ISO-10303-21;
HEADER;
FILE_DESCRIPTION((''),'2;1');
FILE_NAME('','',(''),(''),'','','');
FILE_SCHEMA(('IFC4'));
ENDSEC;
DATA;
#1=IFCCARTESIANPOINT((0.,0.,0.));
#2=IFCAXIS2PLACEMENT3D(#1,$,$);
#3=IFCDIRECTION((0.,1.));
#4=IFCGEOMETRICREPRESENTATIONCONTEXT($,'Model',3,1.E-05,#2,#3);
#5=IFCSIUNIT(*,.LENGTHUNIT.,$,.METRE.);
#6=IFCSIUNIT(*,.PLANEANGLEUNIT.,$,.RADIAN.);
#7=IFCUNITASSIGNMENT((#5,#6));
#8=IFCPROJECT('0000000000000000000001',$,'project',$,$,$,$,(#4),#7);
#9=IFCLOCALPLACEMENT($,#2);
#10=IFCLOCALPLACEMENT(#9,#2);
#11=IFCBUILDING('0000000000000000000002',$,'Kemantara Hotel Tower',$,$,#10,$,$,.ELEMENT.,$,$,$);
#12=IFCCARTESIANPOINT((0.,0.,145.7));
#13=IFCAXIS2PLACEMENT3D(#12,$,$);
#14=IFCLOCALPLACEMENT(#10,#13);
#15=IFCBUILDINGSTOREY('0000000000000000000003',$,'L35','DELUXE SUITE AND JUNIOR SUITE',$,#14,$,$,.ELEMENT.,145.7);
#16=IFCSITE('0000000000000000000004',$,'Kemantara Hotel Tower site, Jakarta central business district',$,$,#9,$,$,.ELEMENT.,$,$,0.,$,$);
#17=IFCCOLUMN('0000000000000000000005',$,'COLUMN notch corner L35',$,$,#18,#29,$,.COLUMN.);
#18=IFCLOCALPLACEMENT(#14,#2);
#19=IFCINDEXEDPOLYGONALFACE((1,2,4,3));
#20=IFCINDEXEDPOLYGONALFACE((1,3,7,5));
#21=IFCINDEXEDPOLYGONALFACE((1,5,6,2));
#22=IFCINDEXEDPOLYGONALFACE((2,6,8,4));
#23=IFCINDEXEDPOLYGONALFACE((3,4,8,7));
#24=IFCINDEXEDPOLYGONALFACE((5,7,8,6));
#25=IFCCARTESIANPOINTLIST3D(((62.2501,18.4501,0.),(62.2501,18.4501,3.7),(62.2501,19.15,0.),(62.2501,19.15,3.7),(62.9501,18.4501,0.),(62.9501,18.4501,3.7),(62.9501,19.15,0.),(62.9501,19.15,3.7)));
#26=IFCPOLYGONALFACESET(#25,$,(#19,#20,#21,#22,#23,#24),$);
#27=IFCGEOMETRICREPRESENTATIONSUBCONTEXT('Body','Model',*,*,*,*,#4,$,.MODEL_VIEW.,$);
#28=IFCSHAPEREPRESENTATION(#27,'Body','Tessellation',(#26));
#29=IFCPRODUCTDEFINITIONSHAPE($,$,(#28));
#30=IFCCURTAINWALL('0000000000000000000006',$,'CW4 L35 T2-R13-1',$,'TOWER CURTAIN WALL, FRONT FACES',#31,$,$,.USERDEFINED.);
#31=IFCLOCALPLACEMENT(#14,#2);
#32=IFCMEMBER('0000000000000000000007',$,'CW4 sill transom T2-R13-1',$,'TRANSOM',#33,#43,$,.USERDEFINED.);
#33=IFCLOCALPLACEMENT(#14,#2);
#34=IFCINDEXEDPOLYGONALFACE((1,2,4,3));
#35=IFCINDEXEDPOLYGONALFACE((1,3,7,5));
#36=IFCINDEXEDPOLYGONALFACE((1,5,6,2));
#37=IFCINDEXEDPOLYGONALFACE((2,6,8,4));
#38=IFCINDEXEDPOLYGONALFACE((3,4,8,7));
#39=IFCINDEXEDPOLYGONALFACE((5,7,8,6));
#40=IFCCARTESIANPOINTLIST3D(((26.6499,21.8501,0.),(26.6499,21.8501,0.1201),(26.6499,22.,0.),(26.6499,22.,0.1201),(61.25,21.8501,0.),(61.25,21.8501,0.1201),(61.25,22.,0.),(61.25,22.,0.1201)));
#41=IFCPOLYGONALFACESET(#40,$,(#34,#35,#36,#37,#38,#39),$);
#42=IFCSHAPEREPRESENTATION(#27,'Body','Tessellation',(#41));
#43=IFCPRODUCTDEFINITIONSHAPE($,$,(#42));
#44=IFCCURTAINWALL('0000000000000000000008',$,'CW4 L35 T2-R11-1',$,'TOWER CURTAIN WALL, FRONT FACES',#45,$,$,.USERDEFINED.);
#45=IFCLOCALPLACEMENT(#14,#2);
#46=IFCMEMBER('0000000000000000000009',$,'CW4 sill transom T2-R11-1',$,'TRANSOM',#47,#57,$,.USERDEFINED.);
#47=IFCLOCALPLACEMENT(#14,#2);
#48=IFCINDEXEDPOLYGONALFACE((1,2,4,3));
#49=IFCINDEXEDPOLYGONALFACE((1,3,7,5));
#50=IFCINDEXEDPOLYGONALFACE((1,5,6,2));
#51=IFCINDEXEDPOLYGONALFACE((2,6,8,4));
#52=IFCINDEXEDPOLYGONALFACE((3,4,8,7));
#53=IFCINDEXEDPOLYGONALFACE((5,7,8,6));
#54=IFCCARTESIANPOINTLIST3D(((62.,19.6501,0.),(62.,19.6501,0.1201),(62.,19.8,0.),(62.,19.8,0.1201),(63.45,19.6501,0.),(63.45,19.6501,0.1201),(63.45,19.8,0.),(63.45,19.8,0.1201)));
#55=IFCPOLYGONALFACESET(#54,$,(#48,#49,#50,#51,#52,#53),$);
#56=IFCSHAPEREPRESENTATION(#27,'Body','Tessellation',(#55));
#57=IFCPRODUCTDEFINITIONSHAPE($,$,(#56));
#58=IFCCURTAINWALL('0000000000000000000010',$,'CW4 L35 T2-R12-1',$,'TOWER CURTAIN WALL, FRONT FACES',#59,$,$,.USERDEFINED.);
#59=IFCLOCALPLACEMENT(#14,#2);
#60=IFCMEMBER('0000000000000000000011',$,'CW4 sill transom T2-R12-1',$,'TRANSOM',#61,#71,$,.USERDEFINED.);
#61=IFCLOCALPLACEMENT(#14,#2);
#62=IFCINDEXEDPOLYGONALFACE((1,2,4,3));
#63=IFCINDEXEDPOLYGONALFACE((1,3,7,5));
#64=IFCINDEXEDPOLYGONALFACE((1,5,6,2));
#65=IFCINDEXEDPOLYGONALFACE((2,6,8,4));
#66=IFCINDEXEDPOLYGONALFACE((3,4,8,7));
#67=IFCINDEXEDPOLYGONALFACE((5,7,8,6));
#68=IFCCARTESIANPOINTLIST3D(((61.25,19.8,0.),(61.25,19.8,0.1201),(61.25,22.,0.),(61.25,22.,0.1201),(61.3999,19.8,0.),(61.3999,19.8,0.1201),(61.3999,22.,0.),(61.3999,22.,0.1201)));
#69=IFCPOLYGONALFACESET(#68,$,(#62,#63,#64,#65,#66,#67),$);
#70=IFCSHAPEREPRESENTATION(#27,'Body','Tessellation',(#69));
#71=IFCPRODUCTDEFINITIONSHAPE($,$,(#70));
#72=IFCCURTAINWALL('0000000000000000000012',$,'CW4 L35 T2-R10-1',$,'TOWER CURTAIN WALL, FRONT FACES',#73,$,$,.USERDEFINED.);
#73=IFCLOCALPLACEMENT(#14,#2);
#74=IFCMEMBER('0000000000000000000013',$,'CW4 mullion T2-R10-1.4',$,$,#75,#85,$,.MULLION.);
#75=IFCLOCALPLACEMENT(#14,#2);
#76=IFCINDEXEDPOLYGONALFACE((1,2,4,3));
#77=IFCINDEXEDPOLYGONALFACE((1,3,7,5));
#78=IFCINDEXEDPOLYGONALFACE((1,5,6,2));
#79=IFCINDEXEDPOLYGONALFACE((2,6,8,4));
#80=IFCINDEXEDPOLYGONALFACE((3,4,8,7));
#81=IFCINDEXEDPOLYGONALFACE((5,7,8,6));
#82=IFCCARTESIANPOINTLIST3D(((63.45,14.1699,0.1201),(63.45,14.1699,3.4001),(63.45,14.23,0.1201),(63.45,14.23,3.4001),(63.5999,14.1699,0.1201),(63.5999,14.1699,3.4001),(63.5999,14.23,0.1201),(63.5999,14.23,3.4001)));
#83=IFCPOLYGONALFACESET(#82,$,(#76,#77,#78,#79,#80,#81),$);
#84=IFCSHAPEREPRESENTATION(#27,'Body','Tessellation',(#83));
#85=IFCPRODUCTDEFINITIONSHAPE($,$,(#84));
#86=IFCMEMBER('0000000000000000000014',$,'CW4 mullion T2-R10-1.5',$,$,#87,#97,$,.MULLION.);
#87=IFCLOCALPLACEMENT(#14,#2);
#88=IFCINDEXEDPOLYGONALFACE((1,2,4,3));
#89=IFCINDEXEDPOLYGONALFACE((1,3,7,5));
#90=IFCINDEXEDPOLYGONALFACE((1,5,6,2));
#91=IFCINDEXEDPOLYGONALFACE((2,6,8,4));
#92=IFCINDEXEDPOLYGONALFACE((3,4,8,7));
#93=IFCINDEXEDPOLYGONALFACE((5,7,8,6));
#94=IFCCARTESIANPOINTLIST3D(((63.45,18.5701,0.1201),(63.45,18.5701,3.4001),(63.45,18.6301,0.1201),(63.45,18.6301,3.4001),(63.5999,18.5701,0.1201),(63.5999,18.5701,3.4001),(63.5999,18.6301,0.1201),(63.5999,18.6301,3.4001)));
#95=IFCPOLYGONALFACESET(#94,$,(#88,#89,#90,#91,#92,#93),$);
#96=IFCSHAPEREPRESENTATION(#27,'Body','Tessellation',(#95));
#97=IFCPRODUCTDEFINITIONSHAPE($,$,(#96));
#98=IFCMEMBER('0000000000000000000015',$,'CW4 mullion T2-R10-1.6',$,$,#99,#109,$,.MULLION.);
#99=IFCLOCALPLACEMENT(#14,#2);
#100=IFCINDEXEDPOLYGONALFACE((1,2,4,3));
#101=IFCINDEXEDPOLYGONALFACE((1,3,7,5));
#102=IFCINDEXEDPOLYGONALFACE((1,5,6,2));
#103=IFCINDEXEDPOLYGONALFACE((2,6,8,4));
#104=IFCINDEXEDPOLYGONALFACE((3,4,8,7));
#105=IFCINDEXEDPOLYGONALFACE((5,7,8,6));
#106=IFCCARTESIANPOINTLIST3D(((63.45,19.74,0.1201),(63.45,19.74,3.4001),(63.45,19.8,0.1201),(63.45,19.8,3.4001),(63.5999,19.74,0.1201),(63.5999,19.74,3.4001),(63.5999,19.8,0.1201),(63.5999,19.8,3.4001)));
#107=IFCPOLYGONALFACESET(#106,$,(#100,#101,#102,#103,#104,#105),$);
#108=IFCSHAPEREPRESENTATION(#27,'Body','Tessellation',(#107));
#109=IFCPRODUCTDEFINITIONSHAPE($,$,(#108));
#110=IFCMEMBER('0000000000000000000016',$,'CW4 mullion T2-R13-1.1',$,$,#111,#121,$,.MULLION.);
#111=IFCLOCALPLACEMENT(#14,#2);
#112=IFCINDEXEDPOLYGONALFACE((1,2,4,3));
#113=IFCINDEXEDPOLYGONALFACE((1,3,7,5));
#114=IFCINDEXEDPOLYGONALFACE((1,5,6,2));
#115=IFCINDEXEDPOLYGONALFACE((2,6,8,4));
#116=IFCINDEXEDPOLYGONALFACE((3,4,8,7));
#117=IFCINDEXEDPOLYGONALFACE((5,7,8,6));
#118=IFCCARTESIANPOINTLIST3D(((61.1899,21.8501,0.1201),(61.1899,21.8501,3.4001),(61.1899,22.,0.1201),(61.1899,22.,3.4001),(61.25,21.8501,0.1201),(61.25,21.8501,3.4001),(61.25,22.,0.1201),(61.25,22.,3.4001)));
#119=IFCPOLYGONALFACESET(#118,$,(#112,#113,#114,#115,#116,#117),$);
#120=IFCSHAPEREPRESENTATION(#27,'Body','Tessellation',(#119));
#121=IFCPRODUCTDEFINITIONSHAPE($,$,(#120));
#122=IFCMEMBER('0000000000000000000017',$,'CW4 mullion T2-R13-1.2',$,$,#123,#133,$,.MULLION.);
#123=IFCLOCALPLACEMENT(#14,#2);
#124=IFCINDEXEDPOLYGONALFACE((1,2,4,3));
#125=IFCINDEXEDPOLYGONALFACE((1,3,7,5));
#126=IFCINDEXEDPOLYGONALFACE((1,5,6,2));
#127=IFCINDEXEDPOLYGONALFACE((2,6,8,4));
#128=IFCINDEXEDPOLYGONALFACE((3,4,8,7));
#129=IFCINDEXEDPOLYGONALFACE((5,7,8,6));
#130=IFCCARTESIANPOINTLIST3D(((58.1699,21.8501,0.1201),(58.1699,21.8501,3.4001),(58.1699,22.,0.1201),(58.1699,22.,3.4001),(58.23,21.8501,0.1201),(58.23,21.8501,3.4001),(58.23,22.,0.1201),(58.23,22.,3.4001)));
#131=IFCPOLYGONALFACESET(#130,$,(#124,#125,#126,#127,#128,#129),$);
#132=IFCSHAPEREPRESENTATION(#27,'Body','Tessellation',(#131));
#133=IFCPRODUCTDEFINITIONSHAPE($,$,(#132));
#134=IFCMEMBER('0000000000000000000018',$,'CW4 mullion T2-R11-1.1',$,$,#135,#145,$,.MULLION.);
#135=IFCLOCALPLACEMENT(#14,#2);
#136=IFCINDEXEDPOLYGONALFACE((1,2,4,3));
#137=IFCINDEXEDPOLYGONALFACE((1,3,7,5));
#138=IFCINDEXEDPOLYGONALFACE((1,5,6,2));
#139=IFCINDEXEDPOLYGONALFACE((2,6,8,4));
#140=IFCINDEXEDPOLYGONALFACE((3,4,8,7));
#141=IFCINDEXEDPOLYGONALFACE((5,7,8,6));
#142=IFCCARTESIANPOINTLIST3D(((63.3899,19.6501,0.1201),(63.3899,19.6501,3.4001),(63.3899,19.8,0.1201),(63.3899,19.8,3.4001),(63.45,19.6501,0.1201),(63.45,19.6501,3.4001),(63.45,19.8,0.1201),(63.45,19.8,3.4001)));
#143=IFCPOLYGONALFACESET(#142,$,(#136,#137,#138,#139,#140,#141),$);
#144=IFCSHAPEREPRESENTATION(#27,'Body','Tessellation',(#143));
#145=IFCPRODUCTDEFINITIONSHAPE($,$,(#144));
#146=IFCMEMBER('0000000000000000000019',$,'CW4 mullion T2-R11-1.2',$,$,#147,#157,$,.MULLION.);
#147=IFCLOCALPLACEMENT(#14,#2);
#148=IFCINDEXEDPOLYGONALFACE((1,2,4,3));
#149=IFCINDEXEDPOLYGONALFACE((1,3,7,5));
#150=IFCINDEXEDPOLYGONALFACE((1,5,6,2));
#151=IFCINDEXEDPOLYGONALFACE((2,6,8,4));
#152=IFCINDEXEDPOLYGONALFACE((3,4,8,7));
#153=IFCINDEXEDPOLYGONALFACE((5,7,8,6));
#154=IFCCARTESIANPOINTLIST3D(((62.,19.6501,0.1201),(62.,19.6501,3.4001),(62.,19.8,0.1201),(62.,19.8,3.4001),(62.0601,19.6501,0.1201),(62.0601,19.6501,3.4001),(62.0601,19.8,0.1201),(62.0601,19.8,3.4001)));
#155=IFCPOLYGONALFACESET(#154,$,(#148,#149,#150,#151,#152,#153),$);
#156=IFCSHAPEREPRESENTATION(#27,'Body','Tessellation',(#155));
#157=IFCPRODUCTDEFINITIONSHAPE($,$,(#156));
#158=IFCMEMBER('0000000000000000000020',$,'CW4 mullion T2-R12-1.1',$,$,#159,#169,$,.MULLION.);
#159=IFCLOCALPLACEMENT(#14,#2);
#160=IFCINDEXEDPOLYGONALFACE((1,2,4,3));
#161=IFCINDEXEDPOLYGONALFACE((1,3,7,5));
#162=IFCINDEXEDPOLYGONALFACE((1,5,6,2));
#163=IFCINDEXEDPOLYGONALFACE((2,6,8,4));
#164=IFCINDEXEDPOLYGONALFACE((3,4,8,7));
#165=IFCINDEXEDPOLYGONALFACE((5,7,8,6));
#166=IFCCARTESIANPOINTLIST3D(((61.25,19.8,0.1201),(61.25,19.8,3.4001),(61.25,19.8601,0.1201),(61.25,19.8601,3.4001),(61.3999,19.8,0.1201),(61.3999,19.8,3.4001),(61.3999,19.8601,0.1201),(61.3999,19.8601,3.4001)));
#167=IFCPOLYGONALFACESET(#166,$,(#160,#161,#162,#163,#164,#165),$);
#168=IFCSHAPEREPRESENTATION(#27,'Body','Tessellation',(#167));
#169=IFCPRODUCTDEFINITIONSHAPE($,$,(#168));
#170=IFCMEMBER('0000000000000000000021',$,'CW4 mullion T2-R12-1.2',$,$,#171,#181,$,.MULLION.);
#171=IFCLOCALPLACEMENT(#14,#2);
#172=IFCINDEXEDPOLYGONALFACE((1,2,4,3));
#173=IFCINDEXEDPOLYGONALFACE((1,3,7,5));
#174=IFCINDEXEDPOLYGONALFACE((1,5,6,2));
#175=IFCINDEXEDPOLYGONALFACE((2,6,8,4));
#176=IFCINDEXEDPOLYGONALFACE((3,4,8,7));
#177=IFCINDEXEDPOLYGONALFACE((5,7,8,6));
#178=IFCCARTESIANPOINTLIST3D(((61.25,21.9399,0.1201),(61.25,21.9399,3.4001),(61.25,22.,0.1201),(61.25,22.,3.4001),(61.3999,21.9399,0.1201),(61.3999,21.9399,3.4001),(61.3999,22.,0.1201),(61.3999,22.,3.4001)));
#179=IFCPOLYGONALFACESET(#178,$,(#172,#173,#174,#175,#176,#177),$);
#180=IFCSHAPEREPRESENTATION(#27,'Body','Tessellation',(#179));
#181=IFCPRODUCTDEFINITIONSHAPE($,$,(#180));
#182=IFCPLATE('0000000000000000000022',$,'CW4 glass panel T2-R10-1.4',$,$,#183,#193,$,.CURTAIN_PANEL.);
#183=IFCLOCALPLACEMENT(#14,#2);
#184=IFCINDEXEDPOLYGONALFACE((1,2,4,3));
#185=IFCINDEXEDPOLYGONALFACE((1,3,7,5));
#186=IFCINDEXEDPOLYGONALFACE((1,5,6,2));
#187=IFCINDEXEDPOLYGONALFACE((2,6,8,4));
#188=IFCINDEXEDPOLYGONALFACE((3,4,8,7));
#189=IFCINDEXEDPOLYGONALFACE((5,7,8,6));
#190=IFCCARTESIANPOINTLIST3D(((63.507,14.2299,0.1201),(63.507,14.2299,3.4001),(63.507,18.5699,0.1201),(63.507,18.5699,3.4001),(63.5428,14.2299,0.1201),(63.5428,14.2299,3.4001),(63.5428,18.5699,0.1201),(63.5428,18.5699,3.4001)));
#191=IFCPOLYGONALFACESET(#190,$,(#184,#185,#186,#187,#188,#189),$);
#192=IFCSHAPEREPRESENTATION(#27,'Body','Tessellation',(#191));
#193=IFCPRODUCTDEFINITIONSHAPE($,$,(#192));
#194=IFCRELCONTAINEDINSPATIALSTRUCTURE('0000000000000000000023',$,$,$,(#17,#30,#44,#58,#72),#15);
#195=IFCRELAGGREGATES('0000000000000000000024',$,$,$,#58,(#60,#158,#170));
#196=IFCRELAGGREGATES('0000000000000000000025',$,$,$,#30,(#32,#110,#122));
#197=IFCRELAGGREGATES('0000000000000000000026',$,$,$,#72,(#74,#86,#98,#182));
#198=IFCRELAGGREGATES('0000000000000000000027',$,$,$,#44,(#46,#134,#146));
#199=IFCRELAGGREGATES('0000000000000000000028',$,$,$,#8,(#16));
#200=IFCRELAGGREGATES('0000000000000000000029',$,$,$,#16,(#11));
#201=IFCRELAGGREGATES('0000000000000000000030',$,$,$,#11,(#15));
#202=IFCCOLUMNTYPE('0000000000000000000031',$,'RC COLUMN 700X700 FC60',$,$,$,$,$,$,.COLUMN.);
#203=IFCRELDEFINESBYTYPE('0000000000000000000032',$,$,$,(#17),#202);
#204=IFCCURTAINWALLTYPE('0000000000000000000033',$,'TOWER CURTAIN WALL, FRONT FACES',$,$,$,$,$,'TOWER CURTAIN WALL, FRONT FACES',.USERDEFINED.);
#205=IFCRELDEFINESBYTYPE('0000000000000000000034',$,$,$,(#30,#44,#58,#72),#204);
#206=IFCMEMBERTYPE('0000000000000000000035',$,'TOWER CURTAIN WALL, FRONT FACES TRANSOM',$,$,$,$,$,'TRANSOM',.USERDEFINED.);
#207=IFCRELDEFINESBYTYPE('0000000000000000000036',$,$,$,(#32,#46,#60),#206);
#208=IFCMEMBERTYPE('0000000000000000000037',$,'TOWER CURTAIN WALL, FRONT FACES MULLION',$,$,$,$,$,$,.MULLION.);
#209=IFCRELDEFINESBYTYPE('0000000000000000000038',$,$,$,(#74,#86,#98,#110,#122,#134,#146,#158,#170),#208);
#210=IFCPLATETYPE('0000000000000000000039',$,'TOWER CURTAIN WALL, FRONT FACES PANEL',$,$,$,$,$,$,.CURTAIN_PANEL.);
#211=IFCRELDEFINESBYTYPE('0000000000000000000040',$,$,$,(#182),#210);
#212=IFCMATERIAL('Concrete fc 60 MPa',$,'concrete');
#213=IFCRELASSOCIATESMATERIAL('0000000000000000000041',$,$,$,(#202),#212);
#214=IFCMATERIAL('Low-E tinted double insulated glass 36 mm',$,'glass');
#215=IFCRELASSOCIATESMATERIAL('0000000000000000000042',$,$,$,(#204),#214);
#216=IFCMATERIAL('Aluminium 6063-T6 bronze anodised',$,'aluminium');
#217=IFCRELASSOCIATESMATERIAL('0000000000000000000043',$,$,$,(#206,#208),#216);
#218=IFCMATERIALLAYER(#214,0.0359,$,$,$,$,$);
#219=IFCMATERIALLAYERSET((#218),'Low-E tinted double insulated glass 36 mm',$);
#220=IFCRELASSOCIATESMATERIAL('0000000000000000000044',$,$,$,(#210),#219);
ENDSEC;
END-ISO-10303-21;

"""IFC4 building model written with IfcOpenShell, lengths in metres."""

from ifc_helpers import new_model, si_unit, direction, frame, origin, origin_2d, place, context, subcontext, project, spatial, rectangle, extrude, source, transform, mapped, material, layer, layer_set, material_profile, profile_set, type_object, element, aggregate, save


model = new_model("IFC4")

# Units and contexts
model_context = context("Model", 3, precision=1e-05, world=origin(), true_north=direction((0.0, 1.0)))
body_context = subcontext(model_context, "Body", "Model", "MODEL_VIEW")
ifc_project = project(units=[si_unit("LENGTHUNIT", "METRE"), si_unit("PLANEANGLEUNIT", "RADIAN")], contexts=[model_context])

# Site, building, storey
site_placement = place(None, origin())
site = spatial("IfcSite", under=ifc_project, at=site_placement, Name="Kemantara Hotel Tower site, Jakarta central business district", CompositionType="ELEMENT", RefElevation=0.0)
building_placement = place(site_placement, origin())
building = spatial("IfcBuilding", under=site, at=building_placement, Name="Kemantara Hotel Tower", CompositionType="ELEMENT")
storey_placement = place(building_placement, frame((0.0, 0.0, 145.7)))
storey = spatial("IfcBuildingStorey", under=building, at=storey_placement, Name="L35", Description="DELUXE SUITE AND JUNIOR SUITE", CompositionType="ELEMENT", Elevation=145.7)

# Column
ifc_material_1 = material(Name="Concrete fc 60 MPa", Category="concrete")
ifc_material_profile_1 = material_profile(ifc_material_1, rectangle(XDim=0.7, YDim=0.7, at=origin_2d()), Name="RC 700X700")
ifc_profile_set_1 = profile_set([ifc_material_profile_1], Name="Concrete fc 60 MPa")
column_type = type_object("IfcColumnType", Name="RC COLUMN 700X700 FC60", PredefinedType="COLUMN", material=ifc_profile_set_1)
column_placement = place(storey_placement, frame((62.6001, 18.8, 0.0), z_axis=(0.0, 0.0, 1.0), x_axis=(1.0, 0.0, 0.0)))
element("IfcColumn", 1, at=column_placement, inside=storey, type_object=column_type, Name="COLUMN notch corner L35", PredefinedType="COLUMN", context=body_context, shape_type="SweptSolid", body=[
    extrude(rectangle(XDim=0.7, YDim=0.7, at=origin_2d()), origin(), (0.0, 0.0, 1.0), 3.7),
])

# Curtain walls, members
ifc_material_2 = material(Name="Low-E tinted double insulated glass 36 mm", Category="glass")
curtain_wall_type = type_object("IfcCurtainWallType", Name="TOWER CURTAIN WALL, FRONT FACES", ElementType="TOWER CURTAIN WALL, FRONT FACES", PredefinedType="USERDEFINED", material=ifc_material_2)
curtain_wall_1_placement = place(storey_placement, origin())
curtain_wall_1 = element("IfcCurtainWall", 2, at=curtain_wall_1_placement, inside=storey, type_object=curtain_wall_type, Name="CW4 L35 T2-R13-1", ObjectType="TOWER CURTAIN WALL, FRONT FACES", PredefinedType="USERDEFINED")
ifc_material_3 = material(Name="Aluminium 6063-T6 bronze anodised", Category="aluminium")
ifc_material_profile_2 = material_profile(ifc_material_3, rectangle(XDim=0.1499, YDim=0.1201, at=origin_2d()), Name="TOWER CURTAIN WALL, FRONT FACES TRANSOM")
ifc_profile_set_2 = profile_set([ifc_material_profile_2], Name="Aluminium 6063-T6 bronze anodised")
member_type_1 = type_object("IfcMemberType", Name="TOWER CURTAIN WALL, FRONT FACES TRANSOM", ElementType="TRANSOM", PredefinedType="USERDEFINED", material=ifc_profile_set_2)
member_1_placement = place(storey_placement, frame((61.25, 21.925, 0.0601), z_axis=(-1.0, 0.0, 0.0), x_axis=(0.0, -1.0, 0.0)))
member_1 = element("IfcMember", 3, at=member_1_placement, type_object=member_type_1, Name="CW4 sill transom T2-R13-1", ObjectType="TRANSOM", PredefinedType="USERDEFINED", context=body_context, shape_type="SweptSolid", body=[
    extrude(rectangle(XDim=0.1499, YDim=0.1201, at=origin_2d()), origin(), (0.0, 0.0, 1.0), 34.6001),
])
curtain_wall_2_placement = place(storey_placement, origin())
curtain_wall_2 = element("IfcCurtainWall", 4, at=curtain_wall_2_placement, inside=storey, type_object=curtain_wall_type, Name="CW4 L35 T2-R11-1", ObjectType="TOWER CURTAIN WALL, FRONT FACES", PredefinedType="USERDEFINED")
member_2_placement = place(storey_placement, frame((63.45, 19.7251, 0.0601), z_axis=(-1.0, 0.0, 0.0), x_axis=(0.0, -1.0, 0.0)))
member_2 = element("IfcMember", 5, at=member_2_placement, type_object=member_type_1, Name="CW4 sill transom T2-R11-1", ObjectType="TRANSOM", PredefinedType="USERDEFINED", context=body_context, shape_type="SweptSolid", body=[
    extrude(rectangle(XDim=0.1499, YDim=0.1201, at=origin_2d()), origin(), (0.0, 0.0, 1.0), 1.45),
])
curtain_wall_3_placement = place(storey_placement, origin())
curtain_wall_3 = element("IfcCurtainWall", 6, at=curtain_wall_3_placement, inside=storey, type_object=curtain_wall_type, Name="CW4 L35 T2-R12-1", ObjectType="TOWER CURTAIN WALL, FRONT FACES", PredefinedType="USERDEFINED")
member_3_placement = place(storey_placement, frame((61.325, 19.8, 0.0601), z_axis=(0.0, 1.0, 0.0), x_axis=(-1.0, 0.0, 0.0)))
member_3 = element("IfcMember", 7, at=member_3_placement, type_object=member_type_1, Name="CW4 sill transom T2-R12-1", ObjectType="TRANSOM", PredefinedType="USERDEFINED", context=body_context, shape_type="SweptSolid", body=[
    extrude(rectangle(XDim=0.1499, YDim=0.1201, at=origin_2d()), origin(), (0.0, 0.0, 1.0), 2.2),
])

# Curtain wall, members
curtain_wall_4_placement = place(storey_placement, origin())
curtain_wall_4 = element("IfcCurtainWall", 8, at=curtain_wall_4_placement, inside=storey, type_object=curtain_wall_type, Name="CW4 L35 T2-R10-1", ObjectType="TOWER CURTAIN WALL, FRONT FACES", PredefinedType="USERDEFINED")
ifc_material_profile_3 = material_profile(ifc_material_3, rectangle(XDim=0.1499, YDim=0.0601, at=origin_2d()), Name="TOWER CURTAIN WALL, FRONT FACES MULLION")
ifc_profile_set_3 = profile_set([ifc_material_profile_3], Name="Aluminium 6063-T6 bronze anodised")
member_type_2 = type_object("IfcMemberType", Name="TOWER CURTAIN WALL, FRONT FACES MULLION", PredefinedType="MULLION", material=ifc_profile_set_3)
shared_shape_1 = source(origin(), body_context, "Body", "SweptSolid", [
    extrude(rectangle(XDim=0.1499, YDim=0.0601, at=origin_2d()), origin(), (0.0, 0.0, 1.0), 3.28),
])
member_4_placement = place(storey_placement, frame((63.5249, 14.2, 0.1201), z_axis=(0.0, 0.0, 1.0), x_axis=(-1.0, 0.0, 0.0)))
member_4 = element("IfcMember", 9, at=member_4_placement, type_object=member_type_2, Name="CW4 mullion T2-R10-1.4", PredefinedType="MULLION", context=body_context, shape_type="MappedRepresentation", body=[
    mapped(shared_shape_1, transform((0.0, 0.0, 0.0))),
])
member_5_placement = place(storey_placement, frame((63.5249, 18.6001, 0.1201), z_axis=(0.0, 0.0, 1.0), x_axis=(-1.0, 0.0, 0.0)))
member_5 = element("IfcMember", 10, at=member_5_placement, type_object=member_type_2, Name="CW4 mullion T2-R10-1.5", PredefinedType="MULLION", context=body_context, shape_type="MappedRepresentation", body=[
    mapped(shared_shape_1, transform((0.0, 0.0, 0.0))),
])
member_6_placement = place(storey_placement, frame((63.5249, 19.77, 0.1201), z_axis=(0.0, 0.0, 1.0), x_axis=(-1.0, 0.0, 0.0)))
member_6 = element("IfcMember", 11, at=member_6_placement, type_object=member_type_2, Name="CW4 mullion T2-R10-1.6", PredefinedType="MULLION", context=body_context, shape_type="MappedRepresentation", body=[
    mapped(shared_shape_1, transform((0.0, 0.0, 0.0))),
])

# Members
member_7_placement = place(storey_placement, frame((61.22, 21.925, 0.1201), z_axis=(0.0, 0.0, 1.0), x_axis=(0.0, -1.0, 0.0)))
member_7 = element("IfcMember", 12, at=member_7_placement, type_object=member_type_2, Name="CW4 mullion T2-R13-1.1", PredefinedType="MULLION", context=body_context, shape_type="MappedRepresentation", body=[
    mapped(shared_shape_1, transform((0.0, 0.0, 0.0))),
])
member_8_placement = place(storey_placement, frame((58.2, 21.925, 0.1201), z_axis=(0.0, 0.0, 1.0), x_axis=(0.0, -1.0, 0.0)))
member_8 = element("IfcMember", 13, at=member_8_placement, type_object=member_type_2, Name="CW4 mullion T2-R13-1.2", PredefinedType="MULLION", context=body_context, shape_type="MappedRepresentation", body=[
    mapped(shared_shape_1, transform((0.0, 0.0, 0.0))),
])
member_9_placement = place(storey_placement, frame((63.4199, 19.7251, 0.1201), z_axis=(0.0, 0.0, 1.0), x_axis=(0.0, -1.0, 0.0)))
member_9 = element("IfcMember", 14, at=member_9_placement, type_object=member_type_2, Name="CW4 mullion T2-R11-1.1", PredefinedType="MULLION", context=body_context, shape_type="MappedRepresentation", body=[
    mapped(shared_shape_1, transform((0.0, 0.0, 0.0))),
])
member_10_placement = place(storey_placement, frame((62.03, 19.7251, 0.1201), z_axis=(0.0, 0.0, 1.0), x_axis=(0.0, -1.0, 0.0)))
member_10 = element("IfcMember", 15, at=member_10_placement, type_object=member_type_2, Name="CW4 mullion T2-R11-1.2", PredefinedType="MULLION", context=body_context, shape_type="MappedRepresentation", body=[
    mapped(shared_shape_1, transform((0.0, 0.0, 0.0))),
])
member_11_placement = place(storey_placement, frame((61.325, 19.8301, 0.1201), z_axis=(0.0, 0.0, 1.0), x_axis=(-1.0, 0.0, 0.0)))
member_11 = element("IfcMember", 16, at=member_11_placement, type_object=member_type_2, Name="CW4 mullion T2-R12-1.1", PredefinedType="MULLION", context=body_context, shape_type="MappedRepresentation", body=[
    mapped(shared_shape_1, transform((0.0, 0.0, 0.0))),
])
member_12_placement = place(storey_placement, frame((61.325, 21.97, 0.1201), z_axis=(0.0, 0.0, 1.0), x_axis=(-1.0, 0.0, 0.0)))
member_12 = element("IfcMember", 17, at=member_12_placement, type_object=member_type_2, Name="CW4 mullion T2-R12-1.2", PredefinedType="MULLION", context=body_context, shape_type="MappedRepresentation", body=[
    mapped(shared_shape_1, transform((0.0, 0.0, 0.0))),
])

# Plate
ifc_layer_1 = layer(ifc_material_2, 0.0359)
ifc_layer_set_1 = layer_set([ifc_layer_1], Name="Low-E tinted double insulated glass 36 mm")
plate_type = type_object("IfcPlateType", Name="TOWER CURTAIN WALL, FRONT FACES PANEL", PredefinedType="CURTAIN_PANEL", material=ifc_layer_set_1)
shared_shape_2 = source(origin(), body_context, "Body", "SweptSolid", [
    extrude(rectangle(XDim=4.3401, YDim=0.0359, at=origin_2d()), origin(), (0.0, 0.0, 1.0), 3.28),
])
plate_1_placement = place(storey_placement, frame((63.5249, 16.3999, 0.1201), z_axis=(0.0, 0.0, 1.0), x_axis=(0.0, 1.0, 0.0)))
plate_1 = element("IfcPlate", 18, at=plate_1_placement, type_object=plate_type, Name="CW4 glass panel T2-R10-1.4", PredefinedType="CURTAIN_PANEL", context=body_context, shape_type="MappedRepresentation", body=[
    mapped(shared_shape_2, transform((0.0, 0.0, 0.0))),
])
aggregate(curtain_wall_3, [member_3, member_11, member_12])
aggregate(curtain_wall_1, [member_1, member_7, member_8])
aggregate(curtain_wall_4, [member_4, member_5, member_6, plate_1])
aggregate(curtain_wall_2, [member_2, member_9, member_10])

save(model, "model.ifc")
